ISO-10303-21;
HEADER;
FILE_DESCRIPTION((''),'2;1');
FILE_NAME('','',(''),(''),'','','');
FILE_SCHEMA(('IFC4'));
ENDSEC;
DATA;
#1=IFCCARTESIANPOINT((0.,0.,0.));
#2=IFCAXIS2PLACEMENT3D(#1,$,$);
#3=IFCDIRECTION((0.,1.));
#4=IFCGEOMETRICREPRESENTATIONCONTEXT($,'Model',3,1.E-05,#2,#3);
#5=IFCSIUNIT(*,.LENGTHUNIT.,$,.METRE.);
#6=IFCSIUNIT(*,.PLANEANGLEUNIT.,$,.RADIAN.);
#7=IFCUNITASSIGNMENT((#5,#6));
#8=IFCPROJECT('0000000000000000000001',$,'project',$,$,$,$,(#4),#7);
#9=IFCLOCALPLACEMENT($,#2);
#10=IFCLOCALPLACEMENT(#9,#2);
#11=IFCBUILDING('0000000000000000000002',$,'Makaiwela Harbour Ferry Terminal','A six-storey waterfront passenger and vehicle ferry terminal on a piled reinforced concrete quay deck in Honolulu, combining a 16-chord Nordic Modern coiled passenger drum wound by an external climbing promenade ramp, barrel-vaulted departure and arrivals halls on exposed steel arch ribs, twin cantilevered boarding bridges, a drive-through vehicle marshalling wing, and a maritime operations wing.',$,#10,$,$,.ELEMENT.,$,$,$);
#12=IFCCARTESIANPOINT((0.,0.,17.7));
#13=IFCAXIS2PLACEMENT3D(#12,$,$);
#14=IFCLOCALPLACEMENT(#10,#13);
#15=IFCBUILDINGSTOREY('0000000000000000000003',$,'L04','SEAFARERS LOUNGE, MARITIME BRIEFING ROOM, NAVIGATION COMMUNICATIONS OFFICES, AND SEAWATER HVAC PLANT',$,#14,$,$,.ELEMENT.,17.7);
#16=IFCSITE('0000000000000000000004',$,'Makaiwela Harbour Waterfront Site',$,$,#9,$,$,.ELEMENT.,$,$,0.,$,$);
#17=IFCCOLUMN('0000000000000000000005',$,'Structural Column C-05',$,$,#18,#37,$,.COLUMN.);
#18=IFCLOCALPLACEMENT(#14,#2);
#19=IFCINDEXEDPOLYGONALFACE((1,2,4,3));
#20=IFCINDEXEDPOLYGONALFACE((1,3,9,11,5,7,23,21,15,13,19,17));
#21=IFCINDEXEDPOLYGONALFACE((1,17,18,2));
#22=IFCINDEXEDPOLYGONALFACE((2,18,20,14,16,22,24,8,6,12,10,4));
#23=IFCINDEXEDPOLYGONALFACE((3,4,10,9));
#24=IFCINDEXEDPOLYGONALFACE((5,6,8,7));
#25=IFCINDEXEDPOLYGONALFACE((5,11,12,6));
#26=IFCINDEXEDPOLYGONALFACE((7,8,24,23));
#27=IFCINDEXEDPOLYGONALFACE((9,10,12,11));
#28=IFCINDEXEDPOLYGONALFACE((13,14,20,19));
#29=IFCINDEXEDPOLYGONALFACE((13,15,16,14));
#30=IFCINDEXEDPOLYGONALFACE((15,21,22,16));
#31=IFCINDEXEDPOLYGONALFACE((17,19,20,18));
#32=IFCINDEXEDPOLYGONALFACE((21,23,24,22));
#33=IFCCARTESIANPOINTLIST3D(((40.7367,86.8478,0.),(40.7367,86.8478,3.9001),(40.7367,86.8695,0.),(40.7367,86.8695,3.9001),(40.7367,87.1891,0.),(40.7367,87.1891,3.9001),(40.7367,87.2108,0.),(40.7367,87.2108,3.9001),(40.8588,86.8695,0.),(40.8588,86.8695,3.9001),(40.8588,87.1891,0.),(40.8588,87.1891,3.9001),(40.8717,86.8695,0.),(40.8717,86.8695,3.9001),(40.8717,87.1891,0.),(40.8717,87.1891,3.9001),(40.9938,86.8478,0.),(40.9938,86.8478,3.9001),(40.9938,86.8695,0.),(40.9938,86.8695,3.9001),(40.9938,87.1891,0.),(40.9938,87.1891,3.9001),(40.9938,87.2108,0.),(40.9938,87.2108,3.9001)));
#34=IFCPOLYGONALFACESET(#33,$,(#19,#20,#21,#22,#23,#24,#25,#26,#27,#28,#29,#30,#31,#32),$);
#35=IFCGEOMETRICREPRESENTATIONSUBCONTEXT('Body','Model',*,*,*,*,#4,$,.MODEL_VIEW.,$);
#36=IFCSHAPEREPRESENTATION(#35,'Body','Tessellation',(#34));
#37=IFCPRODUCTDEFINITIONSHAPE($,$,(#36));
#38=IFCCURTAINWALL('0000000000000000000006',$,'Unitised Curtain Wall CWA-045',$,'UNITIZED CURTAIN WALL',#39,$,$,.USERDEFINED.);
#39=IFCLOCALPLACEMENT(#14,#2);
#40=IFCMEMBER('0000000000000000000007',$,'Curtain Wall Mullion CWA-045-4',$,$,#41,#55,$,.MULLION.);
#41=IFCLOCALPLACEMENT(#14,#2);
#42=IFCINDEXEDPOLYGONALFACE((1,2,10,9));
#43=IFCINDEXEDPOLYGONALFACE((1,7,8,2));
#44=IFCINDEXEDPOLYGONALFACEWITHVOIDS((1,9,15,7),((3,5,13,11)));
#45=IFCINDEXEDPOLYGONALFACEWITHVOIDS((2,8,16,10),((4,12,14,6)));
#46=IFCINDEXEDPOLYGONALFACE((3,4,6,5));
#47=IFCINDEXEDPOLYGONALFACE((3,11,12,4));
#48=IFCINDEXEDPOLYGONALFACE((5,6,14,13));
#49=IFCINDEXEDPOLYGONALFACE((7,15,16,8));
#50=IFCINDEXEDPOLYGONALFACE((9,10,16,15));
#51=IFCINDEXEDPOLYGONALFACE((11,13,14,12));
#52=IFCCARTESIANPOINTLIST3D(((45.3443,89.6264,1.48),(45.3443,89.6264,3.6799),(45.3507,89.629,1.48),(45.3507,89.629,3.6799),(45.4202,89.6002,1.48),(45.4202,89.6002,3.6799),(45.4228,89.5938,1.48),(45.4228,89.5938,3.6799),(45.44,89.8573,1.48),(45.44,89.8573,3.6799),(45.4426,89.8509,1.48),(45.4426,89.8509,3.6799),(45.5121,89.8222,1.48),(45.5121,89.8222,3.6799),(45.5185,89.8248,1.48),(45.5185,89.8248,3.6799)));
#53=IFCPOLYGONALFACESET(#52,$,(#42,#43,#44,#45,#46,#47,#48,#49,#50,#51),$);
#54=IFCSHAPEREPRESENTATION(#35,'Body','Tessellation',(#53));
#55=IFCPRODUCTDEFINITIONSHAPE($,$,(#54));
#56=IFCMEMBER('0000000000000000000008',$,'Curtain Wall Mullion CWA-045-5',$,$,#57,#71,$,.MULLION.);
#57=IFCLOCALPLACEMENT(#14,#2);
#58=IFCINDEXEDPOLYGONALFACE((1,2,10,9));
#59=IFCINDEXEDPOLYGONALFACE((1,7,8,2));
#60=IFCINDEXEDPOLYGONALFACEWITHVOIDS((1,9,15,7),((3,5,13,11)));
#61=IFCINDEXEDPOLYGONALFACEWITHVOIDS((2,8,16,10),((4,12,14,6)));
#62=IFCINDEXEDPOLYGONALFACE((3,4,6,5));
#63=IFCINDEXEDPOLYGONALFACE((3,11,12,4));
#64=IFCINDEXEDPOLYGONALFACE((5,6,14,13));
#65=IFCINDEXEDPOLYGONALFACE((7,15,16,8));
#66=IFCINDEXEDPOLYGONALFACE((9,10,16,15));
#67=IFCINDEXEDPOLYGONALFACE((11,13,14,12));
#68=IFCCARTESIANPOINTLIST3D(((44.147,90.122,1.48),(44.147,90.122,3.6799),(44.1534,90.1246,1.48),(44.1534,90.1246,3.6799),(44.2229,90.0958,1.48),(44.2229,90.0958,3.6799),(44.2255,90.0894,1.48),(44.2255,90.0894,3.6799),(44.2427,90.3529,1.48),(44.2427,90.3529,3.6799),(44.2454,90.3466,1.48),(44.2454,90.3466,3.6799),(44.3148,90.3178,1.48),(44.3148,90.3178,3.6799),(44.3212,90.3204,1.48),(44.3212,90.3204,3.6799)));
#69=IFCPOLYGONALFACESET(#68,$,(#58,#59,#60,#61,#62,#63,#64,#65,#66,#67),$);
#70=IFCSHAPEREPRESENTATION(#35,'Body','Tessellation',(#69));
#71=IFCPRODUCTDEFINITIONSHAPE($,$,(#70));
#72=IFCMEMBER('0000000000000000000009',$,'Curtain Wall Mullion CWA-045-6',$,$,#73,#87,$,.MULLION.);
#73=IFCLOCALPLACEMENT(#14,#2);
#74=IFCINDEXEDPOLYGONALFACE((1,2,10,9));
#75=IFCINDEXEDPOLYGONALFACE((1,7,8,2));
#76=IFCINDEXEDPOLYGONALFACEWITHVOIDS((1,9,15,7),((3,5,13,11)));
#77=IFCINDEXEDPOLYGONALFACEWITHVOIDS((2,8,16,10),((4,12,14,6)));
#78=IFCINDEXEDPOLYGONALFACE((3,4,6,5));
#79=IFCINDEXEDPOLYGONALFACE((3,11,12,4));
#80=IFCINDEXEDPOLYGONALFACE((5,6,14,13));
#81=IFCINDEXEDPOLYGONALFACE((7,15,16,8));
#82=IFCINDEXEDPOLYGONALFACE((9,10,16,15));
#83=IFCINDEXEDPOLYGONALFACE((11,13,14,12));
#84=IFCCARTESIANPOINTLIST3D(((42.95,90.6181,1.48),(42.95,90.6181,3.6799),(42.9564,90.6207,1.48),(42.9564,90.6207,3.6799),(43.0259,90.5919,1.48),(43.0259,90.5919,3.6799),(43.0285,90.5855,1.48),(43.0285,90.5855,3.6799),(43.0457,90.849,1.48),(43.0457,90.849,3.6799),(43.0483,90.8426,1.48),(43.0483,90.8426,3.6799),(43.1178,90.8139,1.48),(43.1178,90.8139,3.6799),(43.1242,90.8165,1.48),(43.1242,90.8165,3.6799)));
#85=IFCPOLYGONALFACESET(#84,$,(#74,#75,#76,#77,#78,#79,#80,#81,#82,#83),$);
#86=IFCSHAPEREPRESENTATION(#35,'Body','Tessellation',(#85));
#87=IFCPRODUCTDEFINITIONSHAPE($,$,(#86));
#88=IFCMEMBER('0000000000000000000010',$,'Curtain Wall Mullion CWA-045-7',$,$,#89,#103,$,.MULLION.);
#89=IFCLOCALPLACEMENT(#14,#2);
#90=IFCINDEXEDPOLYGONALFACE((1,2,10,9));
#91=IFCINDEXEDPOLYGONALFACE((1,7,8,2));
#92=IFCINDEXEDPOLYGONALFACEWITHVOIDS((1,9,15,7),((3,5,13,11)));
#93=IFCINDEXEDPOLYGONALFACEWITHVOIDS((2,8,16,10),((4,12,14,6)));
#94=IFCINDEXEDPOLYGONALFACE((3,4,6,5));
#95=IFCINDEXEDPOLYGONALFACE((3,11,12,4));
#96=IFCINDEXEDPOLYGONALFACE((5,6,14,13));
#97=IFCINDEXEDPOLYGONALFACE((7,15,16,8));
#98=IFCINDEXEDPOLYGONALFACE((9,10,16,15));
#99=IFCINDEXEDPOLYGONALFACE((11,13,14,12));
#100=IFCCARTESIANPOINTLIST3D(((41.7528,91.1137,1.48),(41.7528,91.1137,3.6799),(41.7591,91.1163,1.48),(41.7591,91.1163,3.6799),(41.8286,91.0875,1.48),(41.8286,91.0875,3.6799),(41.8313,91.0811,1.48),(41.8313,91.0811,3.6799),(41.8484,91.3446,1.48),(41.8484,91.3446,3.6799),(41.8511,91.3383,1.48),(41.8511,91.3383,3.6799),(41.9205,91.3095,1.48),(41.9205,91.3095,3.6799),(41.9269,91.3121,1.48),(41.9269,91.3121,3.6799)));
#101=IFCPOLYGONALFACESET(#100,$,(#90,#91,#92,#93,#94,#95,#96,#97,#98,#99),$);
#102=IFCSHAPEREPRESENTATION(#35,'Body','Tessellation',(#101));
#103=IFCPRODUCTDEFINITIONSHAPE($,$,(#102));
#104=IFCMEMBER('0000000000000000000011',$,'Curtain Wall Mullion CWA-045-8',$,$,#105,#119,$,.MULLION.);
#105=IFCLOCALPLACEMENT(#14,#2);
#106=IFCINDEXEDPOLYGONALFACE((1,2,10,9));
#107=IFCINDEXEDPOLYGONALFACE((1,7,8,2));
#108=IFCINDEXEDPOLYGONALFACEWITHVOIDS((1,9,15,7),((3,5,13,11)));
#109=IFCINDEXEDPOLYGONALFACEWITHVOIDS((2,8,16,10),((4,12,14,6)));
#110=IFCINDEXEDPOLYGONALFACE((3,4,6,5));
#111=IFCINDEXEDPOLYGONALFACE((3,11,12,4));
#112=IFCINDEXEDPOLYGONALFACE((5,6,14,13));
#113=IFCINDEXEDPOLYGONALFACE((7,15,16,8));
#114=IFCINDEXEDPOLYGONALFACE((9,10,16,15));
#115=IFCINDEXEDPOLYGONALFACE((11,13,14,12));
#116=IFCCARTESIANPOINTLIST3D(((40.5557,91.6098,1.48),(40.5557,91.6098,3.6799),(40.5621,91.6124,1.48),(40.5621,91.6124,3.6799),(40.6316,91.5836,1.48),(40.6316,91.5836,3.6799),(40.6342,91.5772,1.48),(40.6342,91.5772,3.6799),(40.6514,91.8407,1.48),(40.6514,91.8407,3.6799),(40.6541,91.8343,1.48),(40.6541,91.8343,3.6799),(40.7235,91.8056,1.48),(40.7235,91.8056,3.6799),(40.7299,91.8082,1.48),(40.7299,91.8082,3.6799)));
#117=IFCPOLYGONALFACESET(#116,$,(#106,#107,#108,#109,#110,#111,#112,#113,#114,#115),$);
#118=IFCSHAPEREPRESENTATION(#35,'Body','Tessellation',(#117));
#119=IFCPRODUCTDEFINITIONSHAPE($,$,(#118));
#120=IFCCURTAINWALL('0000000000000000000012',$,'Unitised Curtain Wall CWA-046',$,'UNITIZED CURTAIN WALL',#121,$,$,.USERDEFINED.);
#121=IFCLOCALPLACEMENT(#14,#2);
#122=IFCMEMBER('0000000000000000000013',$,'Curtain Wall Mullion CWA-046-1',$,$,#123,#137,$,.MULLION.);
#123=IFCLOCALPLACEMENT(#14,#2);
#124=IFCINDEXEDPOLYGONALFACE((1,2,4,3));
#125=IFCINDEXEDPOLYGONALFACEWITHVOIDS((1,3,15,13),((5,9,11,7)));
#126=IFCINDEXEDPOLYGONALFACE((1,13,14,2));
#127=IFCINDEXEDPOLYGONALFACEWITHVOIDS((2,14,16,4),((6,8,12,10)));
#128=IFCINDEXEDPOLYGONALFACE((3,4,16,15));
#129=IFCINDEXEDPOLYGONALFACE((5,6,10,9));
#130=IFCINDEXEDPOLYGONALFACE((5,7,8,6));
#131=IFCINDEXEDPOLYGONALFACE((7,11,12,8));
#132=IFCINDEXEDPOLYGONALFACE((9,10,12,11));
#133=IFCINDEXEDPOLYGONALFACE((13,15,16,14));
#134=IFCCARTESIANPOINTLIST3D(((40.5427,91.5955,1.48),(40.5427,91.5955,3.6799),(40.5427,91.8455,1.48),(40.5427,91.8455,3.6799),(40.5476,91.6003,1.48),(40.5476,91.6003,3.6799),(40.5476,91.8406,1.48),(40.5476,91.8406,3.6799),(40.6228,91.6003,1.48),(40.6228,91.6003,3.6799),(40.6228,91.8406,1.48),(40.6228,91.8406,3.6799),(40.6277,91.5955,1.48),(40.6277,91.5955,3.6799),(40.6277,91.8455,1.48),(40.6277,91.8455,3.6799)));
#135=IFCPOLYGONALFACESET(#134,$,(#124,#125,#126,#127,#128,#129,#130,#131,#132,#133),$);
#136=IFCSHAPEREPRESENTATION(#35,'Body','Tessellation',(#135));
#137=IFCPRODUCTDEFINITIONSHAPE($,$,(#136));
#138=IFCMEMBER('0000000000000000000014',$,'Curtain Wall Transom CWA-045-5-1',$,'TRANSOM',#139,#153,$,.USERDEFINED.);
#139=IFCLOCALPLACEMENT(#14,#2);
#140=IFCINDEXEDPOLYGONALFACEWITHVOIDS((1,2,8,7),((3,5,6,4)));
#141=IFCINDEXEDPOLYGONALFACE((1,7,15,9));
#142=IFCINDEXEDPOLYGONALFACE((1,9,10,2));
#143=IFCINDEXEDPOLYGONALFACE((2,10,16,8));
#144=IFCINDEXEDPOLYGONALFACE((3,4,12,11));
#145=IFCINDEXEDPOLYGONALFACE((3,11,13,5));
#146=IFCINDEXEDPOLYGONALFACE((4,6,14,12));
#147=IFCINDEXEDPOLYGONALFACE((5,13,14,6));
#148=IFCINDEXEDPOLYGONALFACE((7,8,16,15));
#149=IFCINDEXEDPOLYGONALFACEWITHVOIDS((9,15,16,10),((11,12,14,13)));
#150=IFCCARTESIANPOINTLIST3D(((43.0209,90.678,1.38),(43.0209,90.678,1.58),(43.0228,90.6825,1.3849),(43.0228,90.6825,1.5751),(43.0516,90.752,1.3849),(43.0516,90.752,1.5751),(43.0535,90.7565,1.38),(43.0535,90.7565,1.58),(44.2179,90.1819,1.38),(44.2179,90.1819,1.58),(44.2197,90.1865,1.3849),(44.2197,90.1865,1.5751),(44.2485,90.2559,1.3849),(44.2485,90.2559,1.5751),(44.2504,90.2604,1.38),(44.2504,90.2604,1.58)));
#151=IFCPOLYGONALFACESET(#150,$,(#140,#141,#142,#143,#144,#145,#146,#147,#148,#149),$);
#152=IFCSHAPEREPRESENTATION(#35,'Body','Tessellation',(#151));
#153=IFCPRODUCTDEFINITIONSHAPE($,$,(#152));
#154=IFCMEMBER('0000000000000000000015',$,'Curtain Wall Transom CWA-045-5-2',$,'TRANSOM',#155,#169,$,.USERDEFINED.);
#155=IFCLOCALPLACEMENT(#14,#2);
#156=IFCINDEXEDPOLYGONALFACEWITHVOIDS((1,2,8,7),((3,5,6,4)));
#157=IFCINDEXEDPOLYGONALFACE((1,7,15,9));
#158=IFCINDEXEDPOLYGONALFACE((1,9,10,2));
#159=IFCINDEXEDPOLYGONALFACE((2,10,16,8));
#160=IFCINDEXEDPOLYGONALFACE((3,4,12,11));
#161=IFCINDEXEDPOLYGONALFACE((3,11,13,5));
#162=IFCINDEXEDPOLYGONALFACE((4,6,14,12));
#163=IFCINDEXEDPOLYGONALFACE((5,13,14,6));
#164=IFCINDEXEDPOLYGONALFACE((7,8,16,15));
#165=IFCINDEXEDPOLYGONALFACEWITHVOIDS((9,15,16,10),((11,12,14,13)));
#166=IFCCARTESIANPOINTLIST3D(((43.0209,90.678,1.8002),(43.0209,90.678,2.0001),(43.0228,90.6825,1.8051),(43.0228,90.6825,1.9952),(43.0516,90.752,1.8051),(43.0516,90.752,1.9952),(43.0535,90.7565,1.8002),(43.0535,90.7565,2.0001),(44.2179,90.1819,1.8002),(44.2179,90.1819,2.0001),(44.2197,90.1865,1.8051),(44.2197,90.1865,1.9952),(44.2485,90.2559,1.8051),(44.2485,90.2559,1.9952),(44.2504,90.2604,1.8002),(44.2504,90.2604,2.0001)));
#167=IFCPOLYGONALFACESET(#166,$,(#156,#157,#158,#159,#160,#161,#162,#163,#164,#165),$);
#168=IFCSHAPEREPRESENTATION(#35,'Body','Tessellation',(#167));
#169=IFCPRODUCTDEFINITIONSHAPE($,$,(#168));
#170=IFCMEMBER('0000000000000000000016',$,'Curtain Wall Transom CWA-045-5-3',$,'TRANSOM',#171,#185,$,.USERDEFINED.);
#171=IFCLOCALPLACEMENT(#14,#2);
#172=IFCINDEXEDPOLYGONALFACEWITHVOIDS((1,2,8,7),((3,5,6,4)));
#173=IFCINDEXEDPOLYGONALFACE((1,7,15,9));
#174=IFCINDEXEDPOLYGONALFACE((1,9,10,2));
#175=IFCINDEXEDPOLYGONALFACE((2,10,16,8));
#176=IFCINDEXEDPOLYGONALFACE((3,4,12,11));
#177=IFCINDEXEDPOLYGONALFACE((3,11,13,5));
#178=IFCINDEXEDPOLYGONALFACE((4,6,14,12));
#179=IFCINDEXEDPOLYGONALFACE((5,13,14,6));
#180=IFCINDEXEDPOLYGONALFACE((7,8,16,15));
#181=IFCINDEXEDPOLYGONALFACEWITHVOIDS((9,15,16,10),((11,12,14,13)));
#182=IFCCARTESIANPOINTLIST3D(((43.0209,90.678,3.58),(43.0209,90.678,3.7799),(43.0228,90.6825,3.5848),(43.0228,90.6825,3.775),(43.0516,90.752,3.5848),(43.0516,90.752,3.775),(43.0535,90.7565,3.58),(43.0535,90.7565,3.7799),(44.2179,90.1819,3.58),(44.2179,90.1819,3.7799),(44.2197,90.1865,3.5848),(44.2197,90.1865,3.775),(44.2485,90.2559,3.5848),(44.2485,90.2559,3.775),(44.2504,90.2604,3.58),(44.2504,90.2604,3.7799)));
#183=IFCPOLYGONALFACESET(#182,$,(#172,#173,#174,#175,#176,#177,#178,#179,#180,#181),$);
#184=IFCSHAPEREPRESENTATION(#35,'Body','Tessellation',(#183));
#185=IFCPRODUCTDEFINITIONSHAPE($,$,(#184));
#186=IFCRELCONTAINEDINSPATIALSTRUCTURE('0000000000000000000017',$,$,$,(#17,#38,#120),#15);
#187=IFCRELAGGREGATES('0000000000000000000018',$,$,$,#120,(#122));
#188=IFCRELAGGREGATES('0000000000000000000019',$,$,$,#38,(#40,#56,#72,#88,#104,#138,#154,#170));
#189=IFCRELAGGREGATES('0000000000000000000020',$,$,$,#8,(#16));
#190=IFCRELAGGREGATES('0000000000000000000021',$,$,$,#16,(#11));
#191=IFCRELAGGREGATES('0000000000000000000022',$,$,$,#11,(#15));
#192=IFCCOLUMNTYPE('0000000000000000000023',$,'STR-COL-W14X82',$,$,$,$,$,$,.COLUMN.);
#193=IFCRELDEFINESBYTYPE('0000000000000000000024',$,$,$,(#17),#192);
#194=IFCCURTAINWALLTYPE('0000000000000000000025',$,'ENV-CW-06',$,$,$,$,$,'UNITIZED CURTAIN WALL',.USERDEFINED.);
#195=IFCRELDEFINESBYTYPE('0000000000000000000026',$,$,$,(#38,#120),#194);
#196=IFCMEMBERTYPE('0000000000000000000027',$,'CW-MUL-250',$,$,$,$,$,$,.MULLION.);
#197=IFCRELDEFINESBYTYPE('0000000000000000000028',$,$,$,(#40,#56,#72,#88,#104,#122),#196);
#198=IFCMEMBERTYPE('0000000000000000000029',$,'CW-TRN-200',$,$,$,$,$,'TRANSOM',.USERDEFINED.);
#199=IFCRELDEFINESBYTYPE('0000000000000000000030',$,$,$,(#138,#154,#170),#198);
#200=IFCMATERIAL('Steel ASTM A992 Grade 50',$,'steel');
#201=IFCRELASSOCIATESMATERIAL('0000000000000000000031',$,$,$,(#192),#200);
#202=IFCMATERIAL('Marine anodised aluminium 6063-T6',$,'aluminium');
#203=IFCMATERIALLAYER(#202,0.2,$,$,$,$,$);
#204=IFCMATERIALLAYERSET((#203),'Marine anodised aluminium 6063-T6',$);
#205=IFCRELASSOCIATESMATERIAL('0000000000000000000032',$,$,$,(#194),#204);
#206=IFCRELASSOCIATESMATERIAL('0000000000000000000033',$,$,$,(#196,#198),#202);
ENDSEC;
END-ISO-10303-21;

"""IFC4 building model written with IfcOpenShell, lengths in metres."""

from ifc_helpers import new_model, si_unit, direction, frame, origin, origin_2d, place, context, subcontext, project, spatial, hollow_rectangle, i_section, extrude, material, layer, layer_set, material_profile, profile_set, type_object, element, aggregate, save


model = new_model("IFC4")

# Units and contexts
model_context = context("Model", 3, precision=1e-05, world=origin(), true_north=direction((0.0, 1.0)))
body_context = subcontext(model_context, "Body", "Model", "MODEL_VIEW")
ifc_project = project(units=[si_unit("LENGTHUNIT", "METRE"), si_unit("PLANEANGLEUNIT", "RADIAN")], contexts=[model_context])

# Site, building, storey
site_placement = place(None, origin())
site = spatial("IfcSite", under=ifc_project, at=site_placement, Name="Makaiwela Harbour Waterfront Site", CompositionType="ELEMENT", RefElevation=0.0)
building_placement = place(site_placement, origin())
building = spatial("IfcBuilding", under=site, at=building_placement, Name="Makaiwela Harbour Ferry Terminal", Description="A six-storey waterfront passenger and vehicle ferry terminal on a piled reinforced concrete quay deck in Honolulu, combining a 16-chord Nordic Modern coiled passenger drum wound by an external climbing promenade ramp, barrel-vaulted departure and arrivals halls on exposed steel arch ribs, twin cantilevered boarding bridges, a drive-through vehicle marshalling wing, and a maritime operations wing.", CompositionType="ELEMENT")
storey_placement = place(building_placement, frame((0.0, 0.0, 17.7)))
storey = spatial("IfcBuildingStorey", under=building, at=storey_placement, Name="L04", Description="SEAFARERS LOUNGE, MARITIME BRIEFING ROOM, NAVIGATION COMMUNICATIONS OFFICES, AND SEAWATER HVAC PLANT", CompositionType="ELEMENT", Elevation=17.7)

# Column
ifc_material_1 = material(Name="Steel ASTM A992 Grade 50", Category="steel")
ifc_material_profile_1 = material_profile(ifc_material_1, i_section(OverallWidth=0.2571, OverallDepth=0.363, WebThickness=0.0129, FlangeThickness=0.0217, at=origin_2d()), Name="W14X82")
ifc_profile_set_1 = profile_set([ifc_material_profile_1], Name="Steel ASTM A992 Grade 50")
column_type = type_object("IfcColumnType", Name="STR-COL-W14X82", PredefinedType="COLUMN", material=ifc_profile_set_1)
column_placement = place(storey_placement, frame((40.8652, 87.0293, 0.0), z_axis=(0.0, 0.0, 1.0), x_axis=(1.0, 0.0, 0.0)))
element("IfcColumn", 1, at=column_placement, inside=storey, type_object=column_type, Name="Structural Column C-05", PredefinedType="COLUMN", context=body_context, shape_type="SweptSolid", body=[
    extrude(i_section(OverallWidth=0.2571, OverallDepth=0.363, WebThickness=0.0129, FlangeThickness=0.0217, at=origin_2d()), origin(), (0.0, 0.0, 1.0), 3.9001),
])

# Curtain wall, members
ifc_material_2 = material(Name="Marine anodised aluminium 6063-T6", Category="aluminium")
ifc_layer_1 = layer(ifc_material_2, 0.2)
ifc_layer_set_1 = layer_set([ifc_layer_1], Name="Marine anodised aluminium 6063-T6")
curtain_wall_type = type_object("IfcCurtainWallType", Name="ENV-CW-06", ElementType="UNITIZED CURTAIN WALL", PredefinedType="USERDEFINED", material=ifc_layer_set_1)
curtain_wall_1_placement = place(storey_placement, origin())
curtain_wall_1 = element("IfcCurtainWall", 2, at=curtain_wall_1_placement, inside=storey, type_object=curtain_wall_type, Name="Unitised Curtain Wall CWA-045", ObjectType="UNITIZED CURTAIN WALL", PredefinedType="USERDEFINED")
ifc_material_profile_2 = material_profile(ifc_material_2, hollow_rectangle(XDim=0.085, YDim=0.25, WallThickness=0.0049, at=origin_2d()), Name="CWM-250X85")
ifc_profile_set_2 = profile_set([ifc_material_profile_2], Name="Marine anodised aluminium 6063-T6")
member_type_1 = type_object("IfcMemberType", Name="CW-MUL-250", PredefinedType="MULLION", material=ifc_profile_set_2)
member_1_placement = place(storey_placement, frame((45.4314, 89.7256, 1.48), z_axis=(0.0, 0.0, 1.0), x_axis=(-0.92388, 0.382683, 0.0)))
member_1 = element("IfcMember", 3, at=member_1_placement, type_object=member_type_1, Name="Curtain Wall Mullion CWA-045-4", PredefinedType="MULLION", context=body_context, shape_type="SweptSolid", body=[
    extrude(hollow_rectangle(XDim=0.085, YDim=0.25, WallThickness=0.0049, at=origin_2d()), origin(), (0.0, 0.0, 1.0), 2.2),
])
member_2_placement = place(storey_placement, frame((44.2341, 90.2212, 1.48), z_axis=(0.0, 0.0, 1.0), x_axis=(-0.92388, 0.382683, 0.0)))
member_2 = element("IfcMember", 4, at=member_2_placement, type_object=member_type_1, Name="Curtain Wall Mullion CWA-045-5", PredefinedType="MULLION", context=body_context, shape_type="SweptSolid", body=[
    extrude(hollow_rectangle(XDim=0.085, YDim=0.25, WallThickness=0.0049, at=origin_2d()), origin(), (0.0, 0.0, 1.0), 2.2),
])
member_3_placement = place(storey_placement, frame((43.0371, 90.7173, 1.48), z_axis=(0.0, 0.0, 1.0), x_axis=(-0.92388, 0.382683, 0.0)))
member_3 = element("IfcMember", 5, at=member_3_placement, type_object=member_type_1, Name="Curtain Wall Mullion CWA-045-6", PredefinedType="MULLION", context=body_context, shape_type="SweptSolid", body=[
    extrude(hollow_rectangle(XDim=0.085, YDim=0.25, WallThickness=0.0049, at=origin_2d()), origin(), (0.0, 0.0, 1.0), 2.2),
])
member_4_placement = place(storey_placement, frame((41.8398, 91.2129, 1.48), z_axis=(0.0, 0.0, 1.0), x_axis=(-0.92388, 0.382683, 0.0)))
member_4 = element("IfcMember", 6, at=member_4_placement, type_object=member_type_1, Name="Curtain Wall Mullion CWA-045-7", PredefinedType="MULLION", context=body_context, shape_type="SweptSolid", body=[
    extrude(hollow_rectangle(XDim=0.085, YDim=0.25, WallThickness=0.0049, at=origin_2d()), origin(), (0.0, 0.0, 1.0), 2.2),
])
member_5_placement = place(storey_placement, frame((40.6428, 91.709, 1.48), z_axis=(0.0, 0.0, 1.0), x_axis=(-0.92388, 0.382683, 0.0)))
member_5 = element("IfcMember", 7, at=member_5_placement, type_object=member_type_1, Name="Curtain Wall Mullion CWA-045-8", PredefinedType="MULLION", context=body_context, shape_type="SweptSolid", body=[
    extrude(hollow_rectangle(XDim=0.085, YDim=0.25, WallThickness=0.0049, at=origin_2d()), origin(), (0.0, 0.0, 1.0), 2.2),
])

# Curtain wall, member
curtain_wall_2_placement = place(storey_placement, origin())
curtain_wall_2 = element("IfcCurtainWall", 8, at=curtain_wall_2_placement, inside=storey, type_object=curtain_wall_type, Name="Unitised Curtain Wall CWA-046", ObjectType="UNITIZED CURTAIN WALL", PredefinedType="USERDEFINED")
member_6_placement = place(storey_placement, frame((40.5852, 91.7205, 1.48), z_axis=(0.0, 0.0, 1.0), x_axis=(1.0, 0.0, 0.0)))
member_6 = element("IfcMember", 9, at=member_6_placement, type_object=member_type_1, Name="Curtain Wall Mullion CWA-046-1", PredefinedType="MULLION", context=body_context, shape_type="SweptSolid", body=[
    extrude(hollow_rectangle(XDim=0.085, YDim=0.25, WallThickness=0.0049, at=origin_2d()), origin(), (0.0, 0.0, 1.0), 2.2),
])

# Members
ifc_material_profile_3 = material_profile(ifc_material_2, hollow_rectangle(XDim=0.085, YDim=0.2, WallThickness=0.0049, at=origin_2d()), Name="CWT-200X85")
ifc_profile_set_3 = profile_set([ifc_material_profile_3], Name="Marine anodised aluminium 6063-T6")
member_type_2 = type_object("IfcMemberType", Name="CW-TRN-200", ElementType="TRANSOM", PredefinedType="USERDEFINED", material=ifc_profile_set_3)
member_7_placement = place(storey_placement, frame((44.2341, 90.2212, 1.48), z_axis=(-0.923806, 0.382862, 0.0), x_axis=(-0.382862, -0.923806, 0.0)))
member_7 = element("IfcMember", 10, at=member_7_placement, type_object=member_type_2, Name="Curtain Wall Transom CWA-045-5-1", ObjectType="TRANSOM", PredefinedType="USERDEFINED", context=body_context, shape_type="SweptSolid", body=[
    extrude(hollow_rectangle(XDim=0.085, YDim=0.2, WallThickness=0.0049, at=origin_2d()), origin(), (0.0, 0.0, 1.0), 1.2957),
])
member_8_placement = place(storey_placement, frame((44.2341, 90.2212, 1.9001), z_axis=(-0.923806, 0.382862, 0.0), x_axis=(-0.382862, -0.923806, 0.0)))
member_8 = element("IfcMember", 11, at=member_8_placement, type_object=member_type_2, Name="Curtain Wall Transom CWA-045-5-2", ObjectType="TRANSOM", PredefinedType="USERDEFINED", context=body_context, shape_type="SweptSolid", body=[
    extrude(hollow_rectangle(XDim=0.085, YDim=0.2, WallThickness=0.0049, at=origin_2d()), origin(), (0.0, 0.0, 1.0), 1.2957),
])
member_9_placement = place(storey_placement, frame((44.2341, 90.2212, 3.6799), z_axis=(-0.923806, 0.382862, 0.0), x_axis=(-0.382862, -0.923806, 0.0)))
member_9 = element("IfcMember", 12, at=member_9_placement, type_object=member_type_2, Name="Curtain Wall Transom CWA-045-5-3", ObjectType="TRANSOM", PredefinedType="USERDEFINED", context=body_context, shape_type="SweptSolid", body=[
    extrude(hollow_rectangle(XDim=0.085, YDim=0.2, WallThickness=0.0049, at=origin_2d()), origin(), (0.0, 0.0, 1.0), 1.2957),
])
aggregate(curtain_wall_2, [member_6])

aggregate(curtain_wall_1, [member_1, member_2, member_3, member_4, member_5, member_7, member_8, member_9])

save(model, "model.ifc")
